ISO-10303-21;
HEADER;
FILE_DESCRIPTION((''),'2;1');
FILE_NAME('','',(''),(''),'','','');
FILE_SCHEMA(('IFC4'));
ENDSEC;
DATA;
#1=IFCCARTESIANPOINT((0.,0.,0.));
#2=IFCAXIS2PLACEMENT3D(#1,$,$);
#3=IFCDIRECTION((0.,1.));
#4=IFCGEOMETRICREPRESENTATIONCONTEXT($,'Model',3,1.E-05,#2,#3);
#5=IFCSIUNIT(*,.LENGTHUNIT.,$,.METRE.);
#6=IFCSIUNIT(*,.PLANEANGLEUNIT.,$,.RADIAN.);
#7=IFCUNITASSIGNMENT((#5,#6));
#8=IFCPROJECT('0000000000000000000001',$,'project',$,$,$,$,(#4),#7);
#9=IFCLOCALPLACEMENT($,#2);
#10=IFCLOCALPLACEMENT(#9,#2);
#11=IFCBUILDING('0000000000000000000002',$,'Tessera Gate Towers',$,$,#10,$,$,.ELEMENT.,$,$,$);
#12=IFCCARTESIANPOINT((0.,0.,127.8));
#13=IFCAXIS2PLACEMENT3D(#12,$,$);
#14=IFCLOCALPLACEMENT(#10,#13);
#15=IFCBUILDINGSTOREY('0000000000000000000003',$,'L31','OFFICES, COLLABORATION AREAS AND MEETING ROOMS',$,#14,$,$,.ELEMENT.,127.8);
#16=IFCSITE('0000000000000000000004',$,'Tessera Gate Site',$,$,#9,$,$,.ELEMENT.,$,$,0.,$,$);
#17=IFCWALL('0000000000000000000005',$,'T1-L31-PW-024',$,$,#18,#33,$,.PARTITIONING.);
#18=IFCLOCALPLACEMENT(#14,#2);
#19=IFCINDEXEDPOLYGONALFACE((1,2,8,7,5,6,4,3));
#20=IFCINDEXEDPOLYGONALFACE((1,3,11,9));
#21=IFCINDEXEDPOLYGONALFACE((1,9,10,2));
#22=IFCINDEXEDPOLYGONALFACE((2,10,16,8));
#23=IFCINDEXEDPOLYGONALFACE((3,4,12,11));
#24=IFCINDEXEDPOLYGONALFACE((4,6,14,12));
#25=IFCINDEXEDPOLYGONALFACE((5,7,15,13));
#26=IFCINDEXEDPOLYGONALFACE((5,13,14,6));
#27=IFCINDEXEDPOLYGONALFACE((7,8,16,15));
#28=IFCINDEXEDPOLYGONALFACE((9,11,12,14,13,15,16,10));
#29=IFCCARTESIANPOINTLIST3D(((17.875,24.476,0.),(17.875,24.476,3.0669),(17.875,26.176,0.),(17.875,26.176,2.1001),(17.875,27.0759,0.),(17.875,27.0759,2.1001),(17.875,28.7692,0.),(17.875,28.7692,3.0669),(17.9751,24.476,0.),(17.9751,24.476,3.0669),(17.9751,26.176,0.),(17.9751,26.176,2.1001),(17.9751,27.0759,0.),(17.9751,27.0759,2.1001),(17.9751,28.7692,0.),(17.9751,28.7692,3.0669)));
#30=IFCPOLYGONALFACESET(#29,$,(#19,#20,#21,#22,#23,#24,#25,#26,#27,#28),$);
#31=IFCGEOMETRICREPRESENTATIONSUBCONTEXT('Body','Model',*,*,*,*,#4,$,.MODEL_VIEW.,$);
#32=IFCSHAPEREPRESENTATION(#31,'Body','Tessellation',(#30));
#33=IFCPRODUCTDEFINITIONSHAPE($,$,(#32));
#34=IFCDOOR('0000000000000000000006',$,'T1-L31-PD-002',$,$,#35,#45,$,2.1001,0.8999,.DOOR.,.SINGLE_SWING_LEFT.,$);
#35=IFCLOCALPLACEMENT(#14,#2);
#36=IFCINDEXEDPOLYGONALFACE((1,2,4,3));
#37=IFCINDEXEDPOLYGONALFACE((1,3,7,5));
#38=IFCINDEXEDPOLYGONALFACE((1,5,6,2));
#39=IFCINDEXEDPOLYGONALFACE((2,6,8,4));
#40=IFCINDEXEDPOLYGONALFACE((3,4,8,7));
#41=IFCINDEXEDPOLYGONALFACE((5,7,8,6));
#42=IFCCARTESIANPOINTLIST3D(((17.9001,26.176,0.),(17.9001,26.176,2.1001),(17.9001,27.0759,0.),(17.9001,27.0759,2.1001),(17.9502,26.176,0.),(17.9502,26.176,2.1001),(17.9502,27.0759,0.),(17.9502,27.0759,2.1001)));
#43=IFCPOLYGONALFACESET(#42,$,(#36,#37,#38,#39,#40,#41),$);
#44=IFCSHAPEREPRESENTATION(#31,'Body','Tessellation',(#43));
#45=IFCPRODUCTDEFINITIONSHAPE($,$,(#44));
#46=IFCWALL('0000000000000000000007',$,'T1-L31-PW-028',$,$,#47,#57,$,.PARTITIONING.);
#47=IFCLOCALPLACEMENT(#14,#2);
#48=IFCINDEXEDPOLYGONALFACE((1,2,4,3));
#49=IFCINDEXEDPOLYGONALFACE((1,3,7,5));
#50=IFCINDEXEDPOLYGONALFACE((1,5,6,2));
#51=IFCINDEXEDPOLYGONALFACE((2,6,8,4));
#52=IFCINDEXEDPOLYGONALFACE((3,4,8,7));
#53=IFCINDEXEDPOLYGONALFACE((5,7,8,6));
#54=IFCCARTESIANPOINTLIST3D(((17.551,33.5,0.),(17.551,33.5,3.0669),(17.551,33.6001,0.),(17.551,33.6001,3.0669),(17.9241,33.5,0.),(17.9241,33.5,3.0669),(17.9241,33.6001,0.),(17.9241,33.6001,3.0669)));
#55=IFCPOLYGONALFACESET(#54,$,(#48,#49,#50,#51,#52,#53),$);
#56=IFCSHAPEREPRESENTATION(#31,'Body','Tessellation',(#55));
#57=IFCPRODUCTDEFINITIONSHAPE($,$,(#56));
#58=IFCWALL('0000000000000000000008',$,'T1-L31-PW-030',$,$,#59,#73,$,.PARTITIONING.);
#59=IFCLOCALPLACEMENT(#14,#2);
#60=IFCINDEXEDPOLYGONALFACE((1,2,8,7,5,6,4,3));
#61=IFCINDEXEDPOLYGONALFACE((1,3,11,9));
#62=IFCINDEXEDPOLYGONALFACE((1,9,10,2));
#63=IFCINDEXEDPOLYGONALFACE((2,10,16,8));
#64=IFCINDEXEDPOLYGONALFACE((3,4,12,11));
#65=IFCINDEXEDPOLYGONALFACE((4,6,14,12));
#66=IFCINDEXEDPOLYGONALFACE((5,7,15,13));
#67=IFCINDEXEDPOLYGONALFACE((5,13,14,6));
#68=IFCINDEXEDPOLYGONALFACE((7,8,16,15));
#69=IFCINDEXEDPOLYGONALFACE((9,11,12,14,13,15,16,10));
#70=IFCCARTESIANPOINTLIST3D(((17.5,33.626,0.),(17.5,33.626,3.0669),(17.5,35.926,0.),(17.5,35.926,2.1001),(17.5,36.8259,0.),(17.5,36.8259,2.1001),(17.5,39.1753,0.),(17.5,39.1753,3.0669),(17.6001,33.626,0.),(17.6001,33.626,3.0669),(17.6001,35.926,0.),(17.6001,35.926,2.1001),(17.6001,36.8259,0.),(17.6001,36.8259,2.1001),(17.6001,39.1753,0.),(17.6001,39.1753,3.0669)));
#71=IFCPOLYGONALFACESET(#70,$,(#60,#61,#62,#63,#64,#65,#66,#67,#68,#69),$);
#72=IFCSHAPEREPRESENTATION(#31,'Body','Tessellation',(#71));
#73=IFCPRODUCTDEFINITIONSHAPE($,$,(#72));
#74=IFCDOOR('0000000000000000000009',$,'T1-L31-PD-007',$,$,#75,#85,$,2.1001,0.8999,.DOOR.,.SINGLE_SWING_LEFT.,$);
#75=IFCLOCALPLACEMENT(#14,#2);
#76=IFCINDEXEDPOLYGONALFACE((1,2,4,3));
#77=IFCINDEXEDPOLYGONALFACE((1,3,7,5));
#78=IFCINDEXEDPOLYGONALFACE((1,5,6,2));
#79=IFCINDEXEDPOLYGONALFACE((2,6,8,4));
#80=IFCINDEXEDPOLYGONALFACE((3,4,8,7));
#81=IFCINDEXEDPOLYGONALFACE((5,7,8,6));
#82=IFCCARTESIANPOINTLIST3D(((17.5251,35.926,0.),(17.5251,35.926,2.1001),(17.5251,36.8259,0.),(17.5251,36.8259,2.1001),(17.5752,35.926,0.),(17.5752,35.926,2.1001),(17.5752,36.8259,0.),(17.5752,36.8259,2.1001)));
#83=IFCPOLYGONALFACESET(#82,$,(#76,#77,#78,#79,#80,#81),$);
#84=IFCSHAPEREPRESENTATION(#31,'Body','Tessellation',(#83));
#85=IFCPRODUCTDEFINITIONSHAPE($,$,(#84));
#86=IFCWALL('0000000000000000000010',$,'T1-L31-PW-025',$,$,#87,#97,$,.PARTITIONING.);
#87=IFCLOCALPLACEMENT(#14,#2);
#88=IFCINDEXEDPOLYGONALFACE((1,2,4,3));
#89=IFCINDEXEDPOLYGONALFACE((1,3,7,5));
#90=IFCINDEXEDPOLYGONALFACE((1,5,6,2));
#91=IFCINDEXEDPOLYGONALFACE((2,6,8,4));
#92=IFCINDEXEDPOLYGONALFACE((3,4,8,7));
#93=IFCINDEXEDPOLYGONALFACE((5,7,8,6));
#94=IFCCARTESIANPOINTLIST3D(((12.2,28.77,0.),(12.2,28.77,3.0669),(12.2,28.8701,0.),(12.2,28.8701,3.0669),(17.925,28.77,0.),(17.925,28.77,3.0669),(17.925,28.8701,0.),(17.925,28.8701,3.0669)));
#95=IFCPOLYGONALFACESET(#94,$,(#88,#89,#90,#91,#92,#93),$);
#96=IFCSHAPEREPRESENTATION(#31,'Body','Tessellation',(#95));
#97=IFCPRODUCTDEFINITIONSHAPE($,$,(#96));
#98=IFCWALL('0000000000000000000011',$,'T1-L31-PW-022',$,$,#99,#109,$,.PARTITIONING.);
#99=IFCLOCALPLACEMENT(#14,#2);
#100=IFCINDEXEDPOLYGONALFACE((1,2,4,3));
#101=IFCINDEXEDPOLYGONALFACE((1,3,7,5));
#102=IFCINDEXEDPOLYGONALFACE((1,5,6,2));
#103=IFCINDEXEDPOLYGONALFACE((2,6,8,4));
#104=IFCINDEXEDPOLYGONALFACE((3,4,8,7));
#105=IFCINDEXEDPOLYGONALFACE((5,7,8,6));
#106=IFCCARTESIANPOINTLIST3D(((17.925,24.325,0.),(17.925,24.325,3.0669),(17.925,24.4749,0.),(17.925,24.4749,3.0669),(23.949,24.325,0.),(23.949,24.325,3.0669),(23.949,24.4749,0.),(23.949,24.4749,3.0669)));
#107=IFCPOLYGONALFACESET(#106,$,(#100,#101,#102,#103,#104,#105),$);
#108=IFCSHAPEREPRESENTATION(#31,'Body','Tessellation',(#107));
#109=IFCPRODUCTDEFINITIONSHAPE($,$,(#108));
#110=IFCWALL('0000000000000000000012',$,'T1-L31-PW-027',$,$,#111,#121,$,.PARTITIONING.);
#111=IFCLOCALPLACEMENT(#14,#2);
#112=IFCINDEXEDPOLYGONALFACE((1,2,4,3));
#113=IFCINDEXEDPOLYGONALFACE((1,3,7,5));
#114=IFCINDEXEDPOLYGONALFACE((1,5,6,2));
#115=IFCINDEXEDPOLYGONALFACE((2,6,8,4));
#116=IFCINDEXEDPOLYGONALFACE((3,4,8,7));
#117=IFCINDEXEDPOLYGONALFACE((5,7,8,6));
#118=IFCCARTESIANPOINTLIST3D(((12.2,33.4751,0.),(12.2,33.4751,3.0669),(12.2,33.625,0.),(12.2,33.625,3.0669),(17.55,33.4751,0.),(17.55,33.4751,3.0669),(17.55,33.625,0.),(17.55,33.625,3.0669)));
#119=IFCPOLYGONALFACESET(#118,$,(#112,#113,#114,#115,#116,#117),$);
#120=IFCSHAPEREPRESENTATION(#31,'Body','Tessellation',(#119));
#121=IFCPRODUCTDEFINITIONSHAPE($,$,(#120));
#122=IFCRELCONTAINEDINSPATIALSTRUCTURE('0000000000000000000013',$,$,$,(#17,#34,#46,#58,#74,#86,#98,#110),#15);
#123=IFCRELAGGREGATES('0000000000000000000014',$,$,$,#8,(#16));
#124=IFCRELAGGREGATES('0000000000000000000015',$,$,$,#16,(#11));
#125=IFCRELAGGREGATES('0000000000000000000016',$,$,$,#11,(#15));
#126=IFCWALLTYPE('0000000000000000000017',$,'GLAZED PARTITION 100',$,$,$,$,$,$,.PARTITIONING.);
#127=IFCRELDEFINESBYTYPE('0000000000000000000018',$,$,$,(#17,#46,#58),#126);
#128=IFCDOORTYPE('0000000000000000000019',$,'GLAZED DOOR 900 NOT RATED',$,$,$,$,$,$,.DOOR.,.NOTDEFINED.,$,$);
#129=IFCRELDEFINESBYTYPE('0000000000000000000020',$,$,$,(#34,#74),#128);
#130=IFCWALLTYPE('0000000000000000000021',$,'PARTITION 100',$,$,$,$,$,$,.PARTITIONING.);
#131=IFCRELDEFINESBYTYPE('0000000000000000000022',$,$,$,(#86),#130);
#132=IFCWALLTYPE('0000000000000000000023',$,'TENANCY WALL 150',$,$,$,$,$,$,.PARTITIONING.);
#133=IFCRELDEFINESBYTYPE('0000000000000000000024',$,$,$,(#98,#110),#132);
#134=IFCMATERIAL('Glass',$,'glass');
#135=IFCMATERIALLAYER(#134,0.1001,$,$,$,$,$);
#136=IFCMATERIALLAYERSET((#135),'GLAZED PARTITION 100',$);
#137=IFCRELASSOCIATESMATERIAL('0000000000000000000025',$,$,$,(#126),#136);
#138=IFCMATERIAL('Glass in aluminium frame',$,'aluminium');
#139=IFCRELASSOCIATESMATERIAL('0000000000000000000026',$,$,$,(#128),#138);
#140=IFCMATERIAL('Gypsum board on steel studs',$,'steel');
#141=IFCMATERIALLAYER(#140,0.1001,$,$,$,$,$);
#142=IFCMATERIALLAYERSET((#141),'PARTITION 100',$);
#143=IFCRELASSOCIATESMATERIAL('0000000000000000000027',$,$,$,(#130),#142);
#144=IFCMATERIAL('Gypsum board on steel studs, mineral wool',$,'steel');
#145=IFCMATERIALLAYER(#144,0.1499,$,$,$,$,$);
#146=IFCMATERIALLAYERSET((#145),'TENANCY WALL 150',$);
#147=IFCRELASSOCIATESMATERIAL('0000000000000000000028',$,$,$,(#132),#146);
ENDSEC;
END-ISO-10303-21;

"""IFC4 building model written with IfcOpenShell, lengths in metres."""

from ifc_helpers import new_model, si_unit, direction, frame, frame_2d, origin, place, context, subcontext, project, spatial, rectangle, extrude, source, transform, mapped, material, layer, layer_set, type_object, element, fill, save


model = new_model("IFC4")

# Units and contexts
model_context = context("Model", 3, precision=1e-05, world=origin(), true_north=direction((0.0, 1.0)))
body_context = subcontext(model_context, "Body", "Model", "MODEL_VIEW")
ifc_project = project(units=[si_unit("LENGTHUNIT", "METRE"), si_unit("PLANEANGLEUNIT", "RADIAN")], contexts=[model_context])

# Site, building, storey
site_placement = place(None, origin())
site = spatial("IfcSite", under=ifc_project, at=site_placement, Name="Tessera Gate Site", CompositionType="ELEMENT", RefElevation=0.0)
building_placement = place(site_placement, origin())
building = spatial("IfcBuilding", under=site, at=building_placement, Name="Tessera Gate Towers", CompositionType="ELEMENT")
storey_placement = place(building_placement, frame((0.0, 0.0, 127.8)))
storey = spatial("IfcBuildingStorey", under=building, at=storey_placement, Name="L31", Description="OFFICES, COLLABORATION AREAS AND MEETING ROOMS", CompositionType="ELEMENT", Elevation=127.8)

# Shared definitions
ifc_material_1 = material(Name="Glass", Category="glass")
ifc_layer_1 = layer(ifc_material_1, 0.1001)
ifc_layer_set_1 = layer_set([ifc_layer_1], Name="GLAZED PARTITION 100")
wall_type_1 = type_object("IfcWallType", Name="GLAZED PARTITION 100", PredefinedType="PARTITIONING", material=ifc_layer_set_1)
shared_shape_1 = source(origin(), body_context, "Body", "SweptSolid", [
    extrude(rectangle(XDim=0.8999, YDim=2.1001, at=frame_2d((0.45, 1.05))), frame((0.0, 0.0601, 0.0), z_axis=(0.0, -1.0, 0.0), x_axis=(1.0, 0.0, 0.0)), (0.0, 0.0, 1.0), 0.1201),
])
ifc_material_2 = material(Name="Glass in aluminium frame", Category="aluminium")
door_type = type_object("IfcDoorType", Name="GLAZED DOOR 900 NOT RATED", OperationType="NOTDEFINED", PredefinedType="DOOR", material=ifc_material_2)
shared_shape_2 = source(origin(), body_context, "Body", "SweptSolid", [
    extrude(rectangle(XDim=0.8999, YDim=2.1001, at=frame_2d((0.45, 1.05))), frame((0.0, 0.0249, 0.0), z_axis=(0.0, -1.0, 0.0), x_axis=(1.0, 0.0, 0.0)), (0.0, 0.0, 1.0), 0.05),
])

# Wall, opening, door
wall_1_placement = place(storey_placement, frame((17.925, 24.4761, 0.0), z_axis=(0.0, 0.0, 1.0), x_axis=(0.0, 1.0, 0.0)))
wall_1 = element("IfcWall", 1, at=wall_1_placement, inside=storey, type_object=wall_type_1, Name="T1-L31-PW-024", PredefinedType="PARTITIONING", context=body_context, shape_type="SweptSolid", body=[
    extrude(rectangle(XDim=4.2932, YDim=0.1001, at=frame_2d((2.1465, 0.0))), origin(), (0.0, 0.0, 1.0), 3.0669),
])
opening_1_placement = place(wall_1_placement, frame((1.7, 0.0, 0.0)))
opening_1 = element("IfcOpeningElement", 2, at=opening_1_placement, cuts=wall_1, PredefinedType="OPENING", context=body_context, shape_type="MappedRepresentation", body=[
    mapped(shared_shape_1, transform((0.0, 0.0, 0.0), scale=1.0)),
])
door_1_placement = place(opening_1_placement, origin())
door_1 = element("IfcDoor", 3, at=door_1_placement, inside=storey, type_object=door_type, Name="T1-L31-PD-002", OperationType="SINGLE_SWING_LEFT", OverallHeight=2.1001, OverallWidth=0.8999, PredefinedType="DOOR", context=body_context, shape_type="MappedRepresentation", body=[
    mapped(shared_shape_2, transform((0.0, 0.0, 0.0), scale=1.0)),
])
fill(opening_1, door_1)

# Wall
wall_2_placement = place(storey_placement, frame((17.551, 33.55, 0.0), z_axis=(0.0, 0.0, 1.0), x_axis=(1.0, 0.0, 0.0)))
element("IfcWall", 4, at=wall_2_placement, inside=storey, type_object=wall_type_1, Name="T1-L31-PW-028", PredefinedType="PARTITIONING", context=body_context, shape_type="SweptSolid", body=[
    extrude(rectangle(XDim=0.373, YDim=0.1001, at=frame_2d((0.1865, 0.0))), origin(), (0.0, 0.0, 1.0), 3.0669),
])

# Wall, opening, door
wall_3_placement = place(storey_placement, frame((17.55, 33.626, 0.0), z_axis=(0.0, 0.0, 1.0), x_axis=(0.0, 1.0, 0.0)))
wall_3 = element("IfcWall", 5, at=wall_3_placement, inside=storey, type_object=wall_type_1, Name="T1-L31-PW-030", PredefinedType="PARTITIONING", context=body_context, shape_type="SweptSolid", body=[
    extrude(rectangle(XDim=5.5493, YDim=0.1001, at=frame_2d((2.7747, 0.0))), origin(), (0.0, 0.0, 1.0), 3.0669),
])
opening_2_placement = place(wall_3_placement, frame((2.3, 0.0, 0.0)))
opening_2 = element("IfcOpeningElement", 6, at=opening_2_placement, cuts=wall_3, PredefinedType="OPENING", context=body_context, shape_type="MappedRepresentation", body=[
    mapped(shared_shape_1, transform((0.0, 0.0, 0.0), scale=1.0)),
])
door_2_placement = place(opening_2_placement, origin())
door_2 = element("IfcDoor", 7, at=door_2_placement, inside=storey, type_object=door_type, Name="T1-L31-PD-007", OperationType="SINGLE_SWING_LEFT", OverallHeight=2.1001, OverallWidth=0.8999, PredefinedType="DOOR", context=body_context, shape_type="MappedRepresentation", body=[
    mapped(shared_shape_2, transform((0.0, 0.0, 0.0), scale=1.0)),
])
fill(opening_2, door_2)

# Walls
ifc_material_3 = material(Name="Gypsum board on steel studs", Category="steel")
ifc_layer_2 = layer(ifc_material_3, 0.1001)
ifc_layer_set_2 = layer_set([ifc_layer_2], Name="PARTITION 100")
wall_type_2 = type_object("IfcWallType", Name="PARTITION 100", PredefinedType="PARTITIONING", material=ifc_layer_set_2)
wall_4_placement = place(storey_placement, frame((12.2, 28.8201, 0.0), z_axis=(0.0, 0.0, 1.0), x_axis=(1.0, 0.0, 0.0)))
element("IfcWall", 8, at=wall_4_placement, inside=storey, type_object=wall_type_2, Name="T1-L31-PW-025", PredefinedType="PARTITIONING", context=body_context, shape_type="SweptSolid", body=[
    extrude(rectangle(XDim=5.7251, YDim=0.1001, at=frame_2d((2.8625, 0.0))), origin(), (0.0, 0.0, 1.0), 3.0669),
])
ifc_material_4 = material(Name="Gypsum board on steel studs, mineral wool", Category="steel")
ifc_layer_3 = layer(ifc_material_4, 0.1499)
ifc_layer_set_3 = layer_set([ifc_layer_3], Name="TENANCY WALL 150")
wall_type_3 = type_object("IfcWallType", Name="TENANCY WALL 150", PredefinedType="PARTITIONING", material=ifc_layer_set_3)
wall_5_placement = place(storey_placement, frame((17.925, 24.3999, 0.0), z_axis=(0.0, 0.0, 1.0), x_axis=(1.0, 0.0, 0.0)))
element("IfcWall", 9, at=wall_5_placement, inside=storey, type_object=wall_type_3, Name="T1-L31-PW-022", PredefinedType="PARTITIONING", context=body_context, shape_type="SweptSolid", body=[
    extrude(rectangle(XDim=6.0239, YDim=0.1499, at=frame_2d((3.012, 0.0))), origin(), (0.0, 0.0, 1.0), 3.0669),
])
wall_6_placement = place(storey_placement, frame((12.2, 33.55, 0.0), z_axis=(0.0, 0.0, 1.0), x_axis=(1.0, 0.0, 0.0)))
element("IfcWall", 10, at=wall_6_placement, inside=storey, type_object=wall_type_3, Name="T1-L31-PW-027", PredefinedType="PARTITIONING", context=body_context, shape_type="SweptSolid", body=[
    extrude(rectangle(XDim=5.3501, YDim=0.1499, at=frame_2d((2.675, 0.0))), origin(), (0.0, 0.0, 1.0), 3.0669),
])

save(model, "model.ifc")
